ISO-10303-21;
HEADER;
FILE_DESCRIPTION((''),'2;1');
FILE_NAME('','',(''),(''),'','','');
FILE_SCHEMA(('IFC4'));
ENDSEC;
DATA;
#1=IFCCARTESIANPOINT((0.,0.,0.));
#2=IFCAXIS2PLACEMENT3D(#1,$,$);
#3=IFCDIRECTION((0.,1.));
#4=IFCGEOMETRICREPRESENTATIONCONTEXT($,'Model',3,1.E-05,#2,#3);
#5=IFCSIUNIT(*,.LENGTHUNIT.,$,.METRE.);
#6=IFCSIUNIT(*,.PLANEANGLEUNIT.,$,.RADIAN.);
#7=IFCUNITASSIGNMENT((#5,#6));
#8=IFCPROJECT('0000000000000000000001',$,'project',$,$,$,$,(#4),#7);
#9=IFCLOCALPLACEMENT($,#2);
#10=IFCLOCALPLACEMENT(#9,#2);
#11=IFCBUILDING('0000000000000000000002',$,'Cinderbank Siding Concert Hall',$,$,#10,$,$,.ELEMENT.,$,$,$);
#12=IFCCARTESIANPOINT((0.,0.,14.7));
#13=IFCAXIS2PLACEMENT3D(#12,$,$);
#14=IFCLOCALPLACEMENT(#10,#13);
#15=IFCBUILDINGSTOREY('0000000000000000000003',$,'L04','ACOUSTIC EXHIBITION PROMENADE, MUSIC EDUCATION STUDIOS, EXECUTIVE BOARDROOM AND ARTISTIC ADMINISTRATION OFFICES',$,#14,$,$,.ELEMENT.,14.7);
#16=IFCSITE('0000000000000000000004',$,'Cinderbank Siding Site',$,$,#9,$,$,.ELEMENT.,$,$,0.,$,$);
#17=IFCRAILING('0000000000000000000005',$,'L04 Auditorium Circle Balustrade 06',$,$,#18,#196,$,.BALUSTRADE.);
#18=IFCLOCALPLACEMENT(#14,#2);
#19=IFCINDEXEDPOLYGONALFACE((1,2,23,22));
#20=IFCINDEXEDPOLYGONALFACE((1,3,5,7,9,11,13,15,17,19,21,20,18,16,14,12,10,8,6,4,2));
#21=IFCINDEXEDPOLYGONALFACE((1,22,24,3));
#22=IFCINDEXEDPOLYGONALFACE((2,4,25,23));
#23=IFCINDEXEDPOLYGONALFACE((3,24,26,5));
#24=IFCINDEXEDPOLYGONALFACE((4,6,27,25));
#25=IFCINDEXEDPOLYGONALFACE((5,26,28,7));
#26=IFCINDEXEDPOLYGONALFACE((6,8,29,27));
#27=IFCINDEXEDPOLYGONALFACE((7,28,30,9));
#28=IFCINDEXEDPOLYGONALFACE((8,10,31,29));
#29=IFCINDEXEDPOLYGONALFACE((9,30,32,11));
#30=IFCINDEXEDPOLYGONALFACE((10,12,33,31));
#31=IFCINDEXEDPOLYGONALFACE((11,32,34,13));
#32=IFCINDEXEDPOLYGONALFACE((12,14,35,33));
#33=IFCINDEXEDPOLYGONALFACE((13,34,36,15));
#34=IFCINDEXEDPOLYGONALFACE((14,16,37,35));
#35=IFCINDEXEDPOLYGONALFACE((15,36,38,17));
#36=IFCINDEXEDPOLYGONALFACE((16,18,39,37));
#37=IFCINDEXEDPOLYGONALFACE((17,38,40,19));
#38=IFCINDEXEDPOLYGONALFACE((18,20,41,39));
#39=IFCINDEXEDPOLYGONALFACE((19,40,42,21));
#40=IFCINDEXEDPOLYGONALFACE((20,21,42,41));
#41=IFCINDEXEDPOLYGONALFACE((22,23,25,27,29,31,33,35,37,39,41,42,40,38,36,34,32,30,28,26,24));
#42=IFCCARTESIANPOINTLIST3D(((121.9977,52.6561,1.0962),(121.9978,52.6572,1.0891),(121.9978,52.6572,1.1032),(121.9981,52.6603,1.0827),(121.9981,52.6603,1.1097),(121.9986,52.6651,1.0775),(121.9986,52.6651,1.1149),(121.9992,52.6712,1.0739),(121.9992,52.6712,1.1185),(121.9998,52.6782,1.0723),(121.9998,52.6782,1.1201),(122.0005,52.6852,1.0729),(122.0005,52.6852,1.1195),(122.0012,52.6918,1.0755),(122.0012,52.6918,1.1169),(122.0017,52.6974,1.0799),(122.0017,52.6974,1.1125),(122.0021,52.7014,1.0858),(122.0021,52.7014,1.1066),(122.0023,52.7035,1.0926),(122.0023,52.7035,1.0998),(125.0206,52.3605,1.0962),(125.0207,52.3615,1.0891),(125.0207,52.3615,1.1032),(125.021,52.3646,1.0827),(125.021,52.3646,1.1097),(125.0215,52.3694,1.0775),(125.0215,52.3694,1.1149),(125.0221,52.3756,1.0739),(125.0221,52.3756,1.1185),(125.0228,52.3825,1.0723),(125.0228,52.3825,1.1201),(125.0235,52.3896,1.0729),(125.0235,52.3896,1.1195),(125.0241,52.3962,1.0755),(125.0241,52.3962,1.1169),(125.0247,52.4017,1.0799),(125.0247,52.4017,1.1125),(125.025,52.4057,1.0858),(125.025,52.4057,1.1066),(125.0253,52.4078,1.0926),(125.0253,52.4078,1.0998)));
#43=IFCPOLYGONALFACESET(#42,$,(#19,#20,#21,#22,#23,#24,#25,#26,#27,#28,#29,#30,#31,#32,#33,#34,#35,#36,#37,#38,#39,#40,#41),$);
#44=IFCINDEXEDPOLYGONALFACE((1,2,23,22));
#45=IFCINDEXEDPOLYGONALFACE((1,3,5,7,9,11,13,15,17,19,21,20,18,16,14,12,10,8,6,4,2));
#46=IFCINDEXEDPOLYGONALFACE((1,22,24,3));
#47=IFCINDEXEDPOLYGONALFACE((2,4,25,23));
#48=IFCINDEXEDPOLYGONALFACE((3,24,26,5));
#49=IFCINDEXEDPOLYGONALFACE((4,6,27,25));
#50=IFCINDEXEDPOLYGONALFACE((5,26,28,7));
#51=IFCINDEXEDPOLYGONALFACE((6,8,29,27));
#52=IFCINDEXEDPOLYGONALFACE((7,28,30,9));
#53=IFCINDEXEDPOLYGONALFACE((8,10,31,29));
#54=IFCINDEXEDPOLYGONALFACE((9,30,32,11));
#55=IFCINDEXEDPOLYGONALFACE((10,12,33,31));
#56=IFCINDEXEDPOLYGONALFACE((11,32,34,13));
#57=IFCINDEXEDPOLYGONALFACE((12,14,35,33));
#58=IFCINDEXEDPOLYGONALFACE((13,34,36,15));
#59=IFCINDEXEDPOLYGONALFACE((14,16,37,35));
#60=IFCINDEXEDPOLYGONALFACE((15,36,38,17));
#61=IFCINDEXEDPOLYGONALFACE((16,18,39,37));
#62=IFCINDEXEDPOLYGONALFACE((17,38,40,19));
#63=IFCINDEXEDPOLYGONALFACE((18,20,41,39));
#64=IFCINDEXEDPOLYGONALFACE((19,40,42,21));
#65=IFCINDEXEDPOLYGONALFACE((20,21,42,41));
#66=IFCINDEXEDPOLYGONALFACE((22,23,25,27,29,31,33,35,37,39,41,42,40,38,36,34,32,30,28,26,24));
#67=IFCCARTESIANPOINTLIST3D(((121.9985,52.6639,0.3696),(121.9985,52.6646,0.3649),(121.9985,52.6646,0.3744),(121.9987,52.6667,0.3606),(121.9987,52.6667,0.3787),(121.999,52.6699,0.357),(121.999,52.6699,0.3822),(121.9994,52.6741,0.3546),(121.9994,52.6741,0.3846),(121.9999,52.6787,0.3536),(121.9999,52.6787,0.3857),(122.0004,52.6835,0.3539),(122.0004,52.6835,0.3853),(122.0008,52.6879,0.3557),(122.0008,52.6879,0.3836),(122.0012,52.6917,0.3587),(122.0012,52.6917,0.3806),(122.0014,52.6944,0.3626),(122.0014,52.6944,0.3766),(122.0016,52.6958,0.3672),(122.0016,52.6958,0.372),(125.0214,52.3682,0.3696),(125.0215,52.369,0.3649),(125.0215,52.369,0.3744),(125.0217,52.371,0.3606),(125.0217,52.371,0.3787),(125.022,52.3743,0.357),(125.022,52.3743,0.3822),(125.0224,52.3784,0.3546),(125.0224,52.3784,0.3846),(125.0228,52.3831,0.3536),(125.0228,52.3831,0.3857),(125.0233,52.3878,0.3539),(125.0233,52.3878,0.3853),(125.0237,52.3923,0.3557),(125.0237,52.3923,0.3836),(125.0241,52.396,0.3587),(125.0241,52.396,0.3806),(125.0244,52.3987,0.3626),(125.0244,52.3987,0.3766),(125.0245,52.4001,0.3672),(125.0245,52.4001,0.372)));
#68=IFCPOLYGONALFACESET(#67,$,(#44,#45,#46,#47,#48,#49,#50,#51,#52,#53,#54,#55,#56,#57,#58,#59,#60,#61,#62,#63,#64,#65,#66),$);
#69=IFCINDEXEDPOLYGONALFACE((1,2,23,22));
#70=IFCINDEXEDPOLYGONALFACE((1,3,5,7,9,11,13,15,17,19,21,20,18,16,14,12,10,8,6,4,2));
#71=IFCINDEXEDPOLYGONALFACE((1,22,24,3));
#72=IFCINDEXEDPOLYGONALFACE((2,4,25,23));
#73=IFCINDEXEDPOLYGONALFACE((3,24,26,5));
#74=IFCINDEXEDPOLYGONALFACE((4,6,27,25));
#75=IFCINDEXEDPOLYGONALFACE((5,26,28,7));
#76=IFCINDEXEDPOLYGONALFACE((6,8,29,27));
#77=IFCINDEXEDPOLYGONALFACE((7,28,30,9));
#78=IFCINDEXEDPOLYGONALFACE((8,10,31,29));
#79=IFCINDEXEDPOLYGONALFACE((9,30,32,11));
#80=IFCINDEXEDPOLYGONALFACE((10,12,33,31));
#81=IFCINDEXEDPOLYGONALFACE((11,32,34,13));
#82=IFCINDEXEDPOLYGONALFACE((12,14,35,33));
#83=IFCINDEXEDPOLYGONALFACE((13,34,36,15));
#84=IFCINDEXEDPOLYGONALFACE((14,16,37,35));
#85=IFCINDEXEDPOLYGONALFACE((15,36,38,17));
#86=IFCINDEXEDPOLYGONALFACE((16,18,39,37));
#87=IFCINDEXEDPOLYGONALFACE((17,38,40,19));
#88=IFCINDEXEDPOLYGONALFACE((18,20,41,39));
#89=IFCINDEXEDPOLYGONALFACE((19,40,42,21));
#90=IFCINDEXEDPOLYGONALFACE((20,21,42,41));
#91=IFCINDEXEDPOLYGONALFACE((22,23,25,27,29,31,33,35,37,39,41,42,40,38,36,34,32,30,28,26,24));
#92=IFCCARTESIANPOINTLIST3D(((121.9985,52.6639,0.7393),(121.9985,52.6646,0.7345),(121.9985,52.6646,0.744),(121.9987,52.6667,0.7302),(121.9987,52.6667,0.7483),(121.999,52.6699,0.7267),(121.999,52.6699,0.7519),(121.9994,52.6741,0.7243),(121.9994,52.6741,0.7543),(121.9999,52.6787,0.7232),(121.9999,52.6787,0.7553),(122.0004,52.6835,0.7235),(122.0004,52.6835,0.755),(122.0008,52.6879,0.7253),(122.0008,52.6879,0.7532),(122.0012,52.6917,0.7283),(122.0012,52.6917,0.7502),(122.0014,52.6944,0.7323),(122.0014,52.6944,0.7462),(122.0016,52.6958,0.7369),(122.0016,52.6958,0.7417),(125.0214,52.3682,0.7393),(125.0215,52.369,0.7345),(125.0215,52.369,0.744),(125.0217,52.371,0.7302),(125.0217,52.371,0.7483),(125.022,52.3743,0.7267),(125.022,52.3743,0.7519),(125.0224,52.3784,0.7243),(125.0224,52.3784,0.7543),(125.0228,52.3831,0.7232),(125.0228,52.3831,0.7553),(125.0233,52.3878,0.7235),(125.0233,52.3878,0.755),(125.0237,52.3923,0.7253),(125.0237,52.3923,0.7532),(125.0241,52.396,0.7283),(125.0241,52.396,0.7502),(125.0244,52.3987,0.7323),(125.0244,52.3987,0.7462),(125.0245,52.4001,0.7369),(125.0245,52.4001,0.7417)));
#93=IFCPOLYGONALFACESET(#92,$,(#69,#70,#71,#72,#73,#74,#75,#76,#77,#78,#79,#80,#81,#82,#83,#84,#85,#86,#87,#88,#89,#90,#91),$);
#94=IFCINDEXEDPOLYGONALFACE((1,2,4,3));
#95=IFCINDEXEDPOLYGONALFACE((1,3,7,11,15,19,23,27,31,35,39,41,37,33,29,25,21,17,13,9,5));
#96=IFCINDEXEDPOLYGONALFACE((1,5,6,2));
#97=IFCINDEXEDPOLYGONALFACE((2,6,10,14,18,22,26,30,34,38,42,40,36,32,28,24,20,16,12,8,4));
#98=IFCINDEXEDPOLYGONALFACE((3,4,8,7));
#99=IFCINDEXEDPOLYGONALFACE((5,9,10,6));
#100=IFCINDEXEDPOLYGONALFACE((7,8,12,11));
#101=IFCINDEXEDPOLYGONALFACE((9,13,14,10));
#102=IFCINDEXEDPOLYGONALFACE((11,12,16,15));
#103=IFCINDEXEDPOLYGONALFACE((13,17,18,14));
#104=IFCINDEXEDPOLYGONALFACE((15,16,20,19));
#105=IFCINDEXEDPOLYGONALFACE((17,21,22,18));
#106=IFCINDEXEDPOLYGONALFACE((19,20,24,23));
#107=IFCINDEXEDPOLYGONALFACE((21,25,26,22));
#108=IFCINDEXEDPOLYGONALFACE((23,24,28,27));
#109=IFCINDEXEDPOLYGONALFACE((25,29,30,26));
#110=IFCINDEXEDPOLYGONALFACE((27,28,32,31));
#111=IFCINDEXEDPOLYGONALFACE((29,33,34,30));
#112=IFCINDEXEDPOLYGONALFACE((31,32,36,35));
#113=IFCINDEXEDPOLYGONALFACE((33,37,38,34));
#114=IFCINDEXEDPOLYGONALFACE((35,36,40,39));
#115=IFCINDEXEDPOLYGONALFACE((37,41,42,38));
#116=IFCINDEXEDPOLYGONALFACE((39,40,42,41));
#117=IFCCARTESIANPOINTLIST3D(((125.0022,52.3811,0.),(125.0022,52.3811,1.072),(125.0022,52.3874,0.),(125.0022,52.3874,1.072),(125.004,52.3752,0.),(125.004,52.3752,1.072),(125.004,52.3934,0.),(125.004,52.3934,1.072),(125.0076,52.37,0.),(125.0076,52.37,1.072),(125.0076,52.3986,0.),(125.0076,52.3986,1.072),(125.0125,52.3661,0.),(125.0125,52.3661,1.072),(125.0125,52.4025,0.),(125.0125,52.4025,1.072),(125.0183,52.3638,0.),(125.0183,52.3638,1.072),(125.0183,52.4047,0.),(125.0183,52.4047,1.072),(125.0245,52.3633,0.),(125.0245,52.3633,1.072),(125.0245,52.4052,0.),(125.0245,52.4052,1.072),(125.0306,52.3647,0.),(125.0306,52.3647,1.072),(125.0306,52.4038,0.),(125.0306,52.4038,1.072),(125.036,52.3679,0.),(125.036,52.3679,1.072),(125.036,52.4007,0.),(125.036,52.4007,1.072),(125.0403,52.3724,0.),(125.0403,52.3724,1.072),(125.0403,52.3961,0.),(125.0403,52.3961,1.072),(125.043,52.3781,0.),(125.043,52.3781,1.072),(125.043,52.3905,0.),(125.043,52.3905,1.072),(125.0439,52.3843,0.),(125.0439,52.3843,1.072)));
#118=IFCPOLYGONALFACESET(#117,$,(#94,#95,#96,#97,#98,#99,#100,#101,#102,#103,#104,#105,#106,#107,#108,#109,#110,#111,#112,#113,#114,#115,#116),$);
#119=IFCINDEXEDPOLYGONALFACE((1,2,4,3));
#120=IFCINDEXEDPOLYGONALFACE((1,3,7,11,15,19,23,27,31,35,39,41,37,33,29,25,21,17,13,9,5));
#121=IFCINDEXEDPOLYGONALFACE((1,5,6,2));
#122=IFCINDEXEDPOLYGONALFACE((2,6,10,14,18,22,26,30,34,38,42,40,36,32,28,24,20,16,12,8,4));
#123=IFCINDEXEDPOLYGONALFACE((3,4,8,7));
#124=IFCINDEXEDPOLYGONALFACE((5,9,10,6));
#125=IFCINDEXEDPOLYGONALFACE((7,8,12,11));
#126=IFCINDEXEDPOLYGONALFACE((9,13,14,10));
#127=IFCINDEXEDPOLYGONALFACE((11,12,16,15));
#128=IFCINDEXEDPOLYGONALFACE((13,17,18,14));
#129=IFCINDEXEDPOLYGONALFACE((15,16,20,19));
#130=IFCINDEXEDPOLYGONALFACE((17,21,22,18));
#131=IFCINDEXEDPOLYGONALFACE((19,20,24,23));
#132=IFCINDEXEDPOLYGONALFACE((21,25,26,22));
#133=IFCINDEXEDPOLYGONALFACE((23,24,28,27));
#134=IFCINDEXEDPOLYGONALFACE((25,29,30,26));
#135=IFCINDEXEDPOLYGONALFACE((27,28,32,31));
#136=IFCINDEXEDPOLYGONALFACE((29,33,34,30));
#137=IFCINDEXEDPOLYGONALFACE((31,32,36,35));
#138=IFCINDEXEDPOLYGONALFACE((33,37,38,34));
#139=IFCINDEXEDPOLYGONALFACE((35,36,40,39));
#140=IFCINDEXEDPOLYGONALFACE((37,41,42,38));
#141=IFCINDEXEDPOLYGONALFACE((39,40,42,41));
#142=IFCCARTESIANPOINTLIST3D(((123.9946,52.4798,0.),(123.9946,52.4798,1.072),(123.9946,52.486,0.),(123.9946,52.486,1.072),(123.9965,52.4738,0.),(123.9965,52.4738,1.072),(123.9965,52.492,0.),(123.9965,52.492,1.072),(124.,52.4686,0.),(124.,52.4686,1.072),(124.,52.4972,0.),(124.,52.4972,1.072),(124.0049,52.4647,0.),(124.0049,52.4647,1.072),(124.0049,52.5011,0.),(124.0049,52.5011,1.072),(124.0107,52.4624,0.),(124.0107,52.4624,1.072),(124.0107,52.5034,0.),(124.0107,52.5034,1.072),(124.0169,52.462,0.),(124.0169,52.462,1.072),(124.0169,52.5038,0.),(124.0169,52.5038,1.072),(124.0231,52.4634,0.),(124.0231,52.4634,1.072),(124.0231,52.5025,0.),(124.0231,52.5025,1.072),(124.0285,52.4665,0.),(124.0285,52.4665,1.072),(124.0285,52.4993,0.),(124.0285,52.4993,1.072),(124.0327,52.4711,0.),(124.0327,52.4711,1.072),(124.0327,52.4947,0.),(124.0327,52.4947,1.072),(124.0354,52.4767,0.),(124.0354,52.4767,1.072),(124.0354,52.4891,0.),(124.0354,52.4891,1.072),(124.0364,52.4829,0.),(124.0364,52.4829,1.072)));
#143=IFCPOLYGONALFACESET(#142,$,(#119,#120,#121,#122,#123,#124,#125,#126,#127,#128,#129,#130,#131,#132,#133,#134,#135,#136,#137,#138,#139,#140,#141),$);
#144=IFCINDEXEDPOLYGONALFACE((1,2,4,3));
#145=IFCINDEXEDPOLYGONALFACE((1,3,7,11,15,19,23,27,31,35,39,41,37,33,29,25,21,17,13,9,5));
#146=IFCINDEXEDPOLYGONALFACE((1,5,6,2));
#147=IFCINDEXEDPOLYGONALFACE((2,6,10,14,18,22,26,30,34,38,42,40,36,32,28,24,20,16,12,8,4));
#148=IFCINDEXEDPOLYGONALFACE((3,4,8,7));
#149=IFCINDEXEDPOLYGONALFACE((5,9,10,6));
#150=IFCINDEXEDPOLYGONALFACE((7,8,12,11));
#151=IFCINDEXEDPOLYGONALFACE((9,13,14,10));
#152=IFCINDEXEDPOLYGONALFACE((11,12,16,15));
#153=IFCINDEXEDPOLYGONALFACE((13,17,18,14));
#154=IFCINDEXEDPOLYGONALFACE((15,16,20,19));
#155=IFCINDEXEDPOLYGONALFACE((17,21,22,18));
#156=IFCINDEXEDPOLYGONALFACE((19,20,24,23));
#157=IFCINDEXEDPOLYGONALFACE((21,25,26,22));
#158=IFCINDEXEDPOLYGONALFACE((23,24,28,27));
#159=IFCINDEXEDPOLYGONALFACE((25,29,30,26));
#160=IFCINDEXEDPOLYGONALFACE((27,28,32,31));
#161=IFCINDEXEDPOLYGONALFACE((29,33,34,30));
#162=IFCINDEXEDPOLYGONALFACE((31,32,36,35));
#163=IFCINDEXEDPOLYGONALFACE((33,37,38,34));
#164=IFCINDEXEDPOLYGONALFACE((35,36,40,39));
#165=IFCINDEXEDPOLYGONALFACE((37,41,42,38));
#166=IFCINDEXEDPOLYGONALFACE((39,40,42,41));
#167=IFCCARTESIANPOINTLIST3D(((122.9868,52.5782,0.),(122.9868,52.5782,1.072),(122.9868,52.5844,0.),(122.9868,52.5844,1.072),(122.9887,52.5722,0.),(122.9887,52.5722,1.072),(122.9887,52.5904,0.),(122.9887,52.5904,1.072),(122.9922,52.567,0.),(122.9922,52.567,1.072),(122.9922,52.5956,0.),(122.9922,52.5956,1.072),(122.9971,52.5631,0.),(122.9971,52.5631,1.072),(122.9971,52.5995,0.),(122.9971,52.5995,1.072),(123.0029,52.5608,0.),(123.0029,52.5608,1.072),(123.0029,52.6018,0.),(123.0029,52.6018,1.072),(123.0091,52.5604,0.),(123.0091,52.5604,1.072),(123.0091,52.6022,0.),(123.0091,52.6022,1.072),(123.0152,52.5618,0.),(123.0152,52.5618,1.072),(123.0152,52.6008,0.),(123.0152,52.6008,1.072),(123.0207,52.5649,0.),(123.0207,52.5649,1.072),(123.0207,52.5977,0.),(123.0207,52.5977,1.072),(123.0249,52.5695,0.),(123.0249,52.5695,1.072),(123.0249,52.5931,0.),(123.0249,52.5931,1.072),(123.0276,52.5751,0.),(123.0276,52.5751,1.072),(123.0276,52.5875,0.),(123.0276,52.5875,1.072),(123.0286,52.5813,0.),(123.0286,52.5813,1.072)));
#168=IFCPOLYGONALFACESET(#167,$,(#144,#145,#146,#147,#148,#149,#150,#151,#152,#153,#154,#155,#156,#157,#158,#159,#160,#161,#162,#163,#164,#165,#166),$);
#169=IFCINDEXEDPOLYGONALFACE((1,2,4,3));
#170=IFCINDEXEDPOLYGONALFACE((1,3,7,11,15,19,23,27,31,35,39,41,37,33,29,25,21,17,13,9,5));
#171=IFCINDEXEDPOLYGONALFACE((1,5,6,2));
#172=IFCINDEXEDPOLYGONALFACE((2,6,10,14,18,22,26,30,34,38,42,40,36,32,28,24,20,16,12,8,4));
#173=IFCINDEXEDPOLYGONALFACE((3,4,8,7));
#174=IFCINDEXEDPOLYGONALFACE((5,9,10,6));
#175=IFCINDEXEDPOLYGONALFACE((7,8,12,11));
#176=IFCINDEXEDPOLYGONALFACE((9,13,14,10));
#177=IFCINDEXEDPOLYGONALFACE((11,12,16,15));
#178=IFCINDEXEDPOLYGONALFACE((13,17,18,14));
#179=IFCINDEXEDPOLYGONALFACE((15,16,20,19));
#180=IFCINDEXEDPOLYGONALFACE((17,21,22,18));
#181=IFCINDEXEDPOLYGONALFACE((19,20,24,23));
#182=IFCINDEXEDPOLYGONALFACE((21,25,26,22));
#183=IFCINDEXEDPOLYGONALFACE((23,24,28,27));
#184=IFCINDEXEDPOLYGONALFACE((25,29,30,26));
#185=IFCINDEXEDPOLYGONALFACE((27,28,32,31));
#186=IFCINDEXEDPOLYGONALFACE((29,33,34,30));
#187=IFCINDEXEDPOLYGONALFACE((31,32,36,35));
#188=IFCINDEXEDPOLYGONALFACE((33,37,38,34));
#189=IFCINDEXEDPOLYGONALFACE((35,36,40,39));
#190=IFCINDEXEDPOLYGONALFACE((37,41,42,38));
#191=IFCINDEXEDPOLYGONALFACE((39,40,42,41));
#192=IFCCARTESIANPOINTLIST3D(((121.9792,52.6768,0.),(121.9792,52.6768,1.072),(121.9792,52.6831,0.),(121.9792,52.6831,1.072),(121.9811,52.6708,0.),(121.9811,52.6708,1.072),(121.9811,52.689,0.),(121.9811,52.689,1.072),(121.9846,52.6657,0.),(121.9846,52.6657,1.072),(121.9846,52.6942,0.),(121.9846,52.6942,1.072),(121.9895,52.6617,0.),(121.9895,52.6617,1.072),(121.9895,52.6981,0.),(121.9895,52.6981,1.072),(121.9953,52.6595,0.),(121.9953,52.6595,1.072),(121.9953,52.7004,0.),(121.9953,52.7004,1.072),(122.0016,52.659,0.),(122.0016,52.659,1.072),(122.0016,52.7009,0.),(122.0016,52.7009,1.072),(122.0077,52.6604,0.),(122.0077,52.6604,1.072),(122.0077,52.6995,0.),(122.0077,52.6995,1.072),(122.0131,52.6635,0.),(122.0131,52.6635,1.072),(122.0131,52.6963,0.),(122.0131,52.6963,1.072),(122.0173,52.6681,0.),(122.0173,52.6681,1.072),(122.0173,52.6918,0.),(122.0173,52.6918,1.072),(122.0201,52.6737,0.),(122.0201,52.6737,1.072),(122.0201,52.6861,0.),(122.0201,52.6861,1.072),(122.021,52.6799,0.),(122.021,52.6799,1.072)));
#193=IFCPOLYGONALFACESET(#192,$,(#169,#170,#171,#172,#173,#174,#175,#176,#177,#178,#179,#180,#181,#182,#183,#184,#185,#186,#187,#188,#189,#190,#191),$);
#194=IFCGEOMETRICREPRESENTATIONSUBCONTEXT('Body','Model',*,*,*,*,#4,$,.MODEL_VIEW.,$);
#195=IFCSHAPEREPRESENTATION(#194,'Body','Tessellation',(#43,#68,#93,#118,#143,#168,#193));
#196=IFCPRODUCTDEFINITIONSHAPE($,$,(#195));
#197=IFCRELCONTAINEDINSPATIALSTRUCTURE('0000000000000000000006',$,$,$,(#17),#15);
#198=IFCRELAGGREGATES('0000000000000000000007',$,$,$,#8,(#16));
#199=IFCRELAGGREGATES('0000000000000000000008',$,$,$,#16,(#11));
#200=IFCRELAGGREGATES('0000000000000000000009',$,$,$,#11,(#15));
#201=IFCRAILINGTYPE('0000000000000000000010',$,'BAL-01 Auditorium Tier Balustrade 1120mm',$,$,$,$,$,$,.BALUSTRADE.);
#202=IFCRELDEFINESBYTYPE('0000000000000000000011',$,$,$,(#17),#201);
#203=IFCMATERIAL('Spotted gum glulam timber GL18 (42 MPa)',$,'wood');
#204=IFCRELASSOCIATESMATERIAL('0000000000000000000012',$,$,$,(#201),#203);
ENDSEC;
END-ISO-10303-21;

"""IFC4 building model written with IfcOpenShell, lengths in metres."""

from ifc_helpers import new_model, si_unit, direction, frame, origin, origin_2d, place, context, subcontext, project, spatial, circle, extrude, material, type_object, element, save


model = new_model("IFC4")

# Units and contexts
model_context = context("Model", 3, precision=1e-05, world=origin(), true_north=direction((0.0, 1.0)))
body_context = subcontext(model_context, "Body", "Model", "MODEL_VIEW")
ifc_project = project(units=[si_unit("LENGTHUNIT", "METRE"), si_unit("PLANEANGLEUNIT", "RADIAN")], contexts=[model_context])

# Site, building, storey
site_placement = place(None, origin())
site = spatial("IfcSite", under=ifc_project, at=site_placement, Name="Cinderbank Siding Site", CompositionType="ELEMENT", RefElevation=0.0)
building_placement = place(site_placement, origin())
building = spatial("IfcBuilding", under=site, at=building_placement, Name="Cinderbank Siding Concert Hall", CompositionType="ELEMENT")
storey_placement = place(building_placement, frame((0.0, 0.0, 14.7)))
storey = spatial("IfcBuildingStorey", under=building, at=storey_placement, Name="L04", Description="ACOUSTIC EXHIBITION PROMENADE, MUSIC EDUCATION STUDIOS, EXECUTIVE BOARDROOM AND ARTISTIC ADMINISTRATION OFFICES", CompositionType="ELEMENT", Elevation=14.7)

# Shared definitions
ifc_material_1 = material(Name="Spotted gum glulam timber GL18 (42 MPa)", Category="wood")

# Railing
railing_type = type_object("IfcRailingType", Name="BAL-01 Auditorium Tier Balustrade 1120mm", PredefinedType="BALUSTRADE", material=ifc_material_1)
railing_1_placement = place(storey_placement, frame((125.0229, 52.3843, 0.0)))
element("IfcRailing", 1, at=railing_1_placement, inside=storey, type_object=railing_type, Name="L04 Auditorium Circle Balustrade 06", PredefinedType="BALUSTRADE", context=body_context, shape_type="SweptSolid", body=[
    extrude(circle(Radius=0.0239, at=origin_2d()), frame((0.0, 0.0, 1.0962), z_axis=(-0.995251, 0.097339, 0.0), x_axis=(-0.097339, -0.995251, 0.0)), (0.0, 0.0, 1.0), 3.0374),
    extrude(circle(Radius=0.0161, at=origin_2d()), frame((0.0, 0.0, 0.3696), z_axis=(-0.995251, 0.097339, 0.0), x_axis=(-0.097339, -0.995251, 0.0)), (0.0, 0.0, 1.0), 3.0374),
    extrude(circle(Radius=0.0161, at=origin_2d()), frame((0.0, 0.0, 0.7393), z_axis=(-0.995251, 0.097339, 0.0), x_axis=(-0.097339, -0.995251, 0.0)), (0.0, 0.0, 1.0), 3.0374),
    extrude(circle(Radius=0.021, at=origin_2d()), origin(), (0.0, 0.0, 1.0), 1.072),
    extrude(circle(Radius=0.021, at=origin_2d()), frame((-1.0076, 0.0986, 0.0)), (0.0, 0.0, 1.0), 1.072),
    extrude(circle(Radius=0.021, at=origin_2d()), frame((-2.0154, 0.197, 0.0)), (0.0, 0.0, 1.0), 1.072),
    extrude(circle(Radius=0.021, at=origin_2d()), frame((-3.0229, 0.2957, 0.0)), (0.0, 0.0, 1.0), 1.072),
])

save(model, "model.ifc")
